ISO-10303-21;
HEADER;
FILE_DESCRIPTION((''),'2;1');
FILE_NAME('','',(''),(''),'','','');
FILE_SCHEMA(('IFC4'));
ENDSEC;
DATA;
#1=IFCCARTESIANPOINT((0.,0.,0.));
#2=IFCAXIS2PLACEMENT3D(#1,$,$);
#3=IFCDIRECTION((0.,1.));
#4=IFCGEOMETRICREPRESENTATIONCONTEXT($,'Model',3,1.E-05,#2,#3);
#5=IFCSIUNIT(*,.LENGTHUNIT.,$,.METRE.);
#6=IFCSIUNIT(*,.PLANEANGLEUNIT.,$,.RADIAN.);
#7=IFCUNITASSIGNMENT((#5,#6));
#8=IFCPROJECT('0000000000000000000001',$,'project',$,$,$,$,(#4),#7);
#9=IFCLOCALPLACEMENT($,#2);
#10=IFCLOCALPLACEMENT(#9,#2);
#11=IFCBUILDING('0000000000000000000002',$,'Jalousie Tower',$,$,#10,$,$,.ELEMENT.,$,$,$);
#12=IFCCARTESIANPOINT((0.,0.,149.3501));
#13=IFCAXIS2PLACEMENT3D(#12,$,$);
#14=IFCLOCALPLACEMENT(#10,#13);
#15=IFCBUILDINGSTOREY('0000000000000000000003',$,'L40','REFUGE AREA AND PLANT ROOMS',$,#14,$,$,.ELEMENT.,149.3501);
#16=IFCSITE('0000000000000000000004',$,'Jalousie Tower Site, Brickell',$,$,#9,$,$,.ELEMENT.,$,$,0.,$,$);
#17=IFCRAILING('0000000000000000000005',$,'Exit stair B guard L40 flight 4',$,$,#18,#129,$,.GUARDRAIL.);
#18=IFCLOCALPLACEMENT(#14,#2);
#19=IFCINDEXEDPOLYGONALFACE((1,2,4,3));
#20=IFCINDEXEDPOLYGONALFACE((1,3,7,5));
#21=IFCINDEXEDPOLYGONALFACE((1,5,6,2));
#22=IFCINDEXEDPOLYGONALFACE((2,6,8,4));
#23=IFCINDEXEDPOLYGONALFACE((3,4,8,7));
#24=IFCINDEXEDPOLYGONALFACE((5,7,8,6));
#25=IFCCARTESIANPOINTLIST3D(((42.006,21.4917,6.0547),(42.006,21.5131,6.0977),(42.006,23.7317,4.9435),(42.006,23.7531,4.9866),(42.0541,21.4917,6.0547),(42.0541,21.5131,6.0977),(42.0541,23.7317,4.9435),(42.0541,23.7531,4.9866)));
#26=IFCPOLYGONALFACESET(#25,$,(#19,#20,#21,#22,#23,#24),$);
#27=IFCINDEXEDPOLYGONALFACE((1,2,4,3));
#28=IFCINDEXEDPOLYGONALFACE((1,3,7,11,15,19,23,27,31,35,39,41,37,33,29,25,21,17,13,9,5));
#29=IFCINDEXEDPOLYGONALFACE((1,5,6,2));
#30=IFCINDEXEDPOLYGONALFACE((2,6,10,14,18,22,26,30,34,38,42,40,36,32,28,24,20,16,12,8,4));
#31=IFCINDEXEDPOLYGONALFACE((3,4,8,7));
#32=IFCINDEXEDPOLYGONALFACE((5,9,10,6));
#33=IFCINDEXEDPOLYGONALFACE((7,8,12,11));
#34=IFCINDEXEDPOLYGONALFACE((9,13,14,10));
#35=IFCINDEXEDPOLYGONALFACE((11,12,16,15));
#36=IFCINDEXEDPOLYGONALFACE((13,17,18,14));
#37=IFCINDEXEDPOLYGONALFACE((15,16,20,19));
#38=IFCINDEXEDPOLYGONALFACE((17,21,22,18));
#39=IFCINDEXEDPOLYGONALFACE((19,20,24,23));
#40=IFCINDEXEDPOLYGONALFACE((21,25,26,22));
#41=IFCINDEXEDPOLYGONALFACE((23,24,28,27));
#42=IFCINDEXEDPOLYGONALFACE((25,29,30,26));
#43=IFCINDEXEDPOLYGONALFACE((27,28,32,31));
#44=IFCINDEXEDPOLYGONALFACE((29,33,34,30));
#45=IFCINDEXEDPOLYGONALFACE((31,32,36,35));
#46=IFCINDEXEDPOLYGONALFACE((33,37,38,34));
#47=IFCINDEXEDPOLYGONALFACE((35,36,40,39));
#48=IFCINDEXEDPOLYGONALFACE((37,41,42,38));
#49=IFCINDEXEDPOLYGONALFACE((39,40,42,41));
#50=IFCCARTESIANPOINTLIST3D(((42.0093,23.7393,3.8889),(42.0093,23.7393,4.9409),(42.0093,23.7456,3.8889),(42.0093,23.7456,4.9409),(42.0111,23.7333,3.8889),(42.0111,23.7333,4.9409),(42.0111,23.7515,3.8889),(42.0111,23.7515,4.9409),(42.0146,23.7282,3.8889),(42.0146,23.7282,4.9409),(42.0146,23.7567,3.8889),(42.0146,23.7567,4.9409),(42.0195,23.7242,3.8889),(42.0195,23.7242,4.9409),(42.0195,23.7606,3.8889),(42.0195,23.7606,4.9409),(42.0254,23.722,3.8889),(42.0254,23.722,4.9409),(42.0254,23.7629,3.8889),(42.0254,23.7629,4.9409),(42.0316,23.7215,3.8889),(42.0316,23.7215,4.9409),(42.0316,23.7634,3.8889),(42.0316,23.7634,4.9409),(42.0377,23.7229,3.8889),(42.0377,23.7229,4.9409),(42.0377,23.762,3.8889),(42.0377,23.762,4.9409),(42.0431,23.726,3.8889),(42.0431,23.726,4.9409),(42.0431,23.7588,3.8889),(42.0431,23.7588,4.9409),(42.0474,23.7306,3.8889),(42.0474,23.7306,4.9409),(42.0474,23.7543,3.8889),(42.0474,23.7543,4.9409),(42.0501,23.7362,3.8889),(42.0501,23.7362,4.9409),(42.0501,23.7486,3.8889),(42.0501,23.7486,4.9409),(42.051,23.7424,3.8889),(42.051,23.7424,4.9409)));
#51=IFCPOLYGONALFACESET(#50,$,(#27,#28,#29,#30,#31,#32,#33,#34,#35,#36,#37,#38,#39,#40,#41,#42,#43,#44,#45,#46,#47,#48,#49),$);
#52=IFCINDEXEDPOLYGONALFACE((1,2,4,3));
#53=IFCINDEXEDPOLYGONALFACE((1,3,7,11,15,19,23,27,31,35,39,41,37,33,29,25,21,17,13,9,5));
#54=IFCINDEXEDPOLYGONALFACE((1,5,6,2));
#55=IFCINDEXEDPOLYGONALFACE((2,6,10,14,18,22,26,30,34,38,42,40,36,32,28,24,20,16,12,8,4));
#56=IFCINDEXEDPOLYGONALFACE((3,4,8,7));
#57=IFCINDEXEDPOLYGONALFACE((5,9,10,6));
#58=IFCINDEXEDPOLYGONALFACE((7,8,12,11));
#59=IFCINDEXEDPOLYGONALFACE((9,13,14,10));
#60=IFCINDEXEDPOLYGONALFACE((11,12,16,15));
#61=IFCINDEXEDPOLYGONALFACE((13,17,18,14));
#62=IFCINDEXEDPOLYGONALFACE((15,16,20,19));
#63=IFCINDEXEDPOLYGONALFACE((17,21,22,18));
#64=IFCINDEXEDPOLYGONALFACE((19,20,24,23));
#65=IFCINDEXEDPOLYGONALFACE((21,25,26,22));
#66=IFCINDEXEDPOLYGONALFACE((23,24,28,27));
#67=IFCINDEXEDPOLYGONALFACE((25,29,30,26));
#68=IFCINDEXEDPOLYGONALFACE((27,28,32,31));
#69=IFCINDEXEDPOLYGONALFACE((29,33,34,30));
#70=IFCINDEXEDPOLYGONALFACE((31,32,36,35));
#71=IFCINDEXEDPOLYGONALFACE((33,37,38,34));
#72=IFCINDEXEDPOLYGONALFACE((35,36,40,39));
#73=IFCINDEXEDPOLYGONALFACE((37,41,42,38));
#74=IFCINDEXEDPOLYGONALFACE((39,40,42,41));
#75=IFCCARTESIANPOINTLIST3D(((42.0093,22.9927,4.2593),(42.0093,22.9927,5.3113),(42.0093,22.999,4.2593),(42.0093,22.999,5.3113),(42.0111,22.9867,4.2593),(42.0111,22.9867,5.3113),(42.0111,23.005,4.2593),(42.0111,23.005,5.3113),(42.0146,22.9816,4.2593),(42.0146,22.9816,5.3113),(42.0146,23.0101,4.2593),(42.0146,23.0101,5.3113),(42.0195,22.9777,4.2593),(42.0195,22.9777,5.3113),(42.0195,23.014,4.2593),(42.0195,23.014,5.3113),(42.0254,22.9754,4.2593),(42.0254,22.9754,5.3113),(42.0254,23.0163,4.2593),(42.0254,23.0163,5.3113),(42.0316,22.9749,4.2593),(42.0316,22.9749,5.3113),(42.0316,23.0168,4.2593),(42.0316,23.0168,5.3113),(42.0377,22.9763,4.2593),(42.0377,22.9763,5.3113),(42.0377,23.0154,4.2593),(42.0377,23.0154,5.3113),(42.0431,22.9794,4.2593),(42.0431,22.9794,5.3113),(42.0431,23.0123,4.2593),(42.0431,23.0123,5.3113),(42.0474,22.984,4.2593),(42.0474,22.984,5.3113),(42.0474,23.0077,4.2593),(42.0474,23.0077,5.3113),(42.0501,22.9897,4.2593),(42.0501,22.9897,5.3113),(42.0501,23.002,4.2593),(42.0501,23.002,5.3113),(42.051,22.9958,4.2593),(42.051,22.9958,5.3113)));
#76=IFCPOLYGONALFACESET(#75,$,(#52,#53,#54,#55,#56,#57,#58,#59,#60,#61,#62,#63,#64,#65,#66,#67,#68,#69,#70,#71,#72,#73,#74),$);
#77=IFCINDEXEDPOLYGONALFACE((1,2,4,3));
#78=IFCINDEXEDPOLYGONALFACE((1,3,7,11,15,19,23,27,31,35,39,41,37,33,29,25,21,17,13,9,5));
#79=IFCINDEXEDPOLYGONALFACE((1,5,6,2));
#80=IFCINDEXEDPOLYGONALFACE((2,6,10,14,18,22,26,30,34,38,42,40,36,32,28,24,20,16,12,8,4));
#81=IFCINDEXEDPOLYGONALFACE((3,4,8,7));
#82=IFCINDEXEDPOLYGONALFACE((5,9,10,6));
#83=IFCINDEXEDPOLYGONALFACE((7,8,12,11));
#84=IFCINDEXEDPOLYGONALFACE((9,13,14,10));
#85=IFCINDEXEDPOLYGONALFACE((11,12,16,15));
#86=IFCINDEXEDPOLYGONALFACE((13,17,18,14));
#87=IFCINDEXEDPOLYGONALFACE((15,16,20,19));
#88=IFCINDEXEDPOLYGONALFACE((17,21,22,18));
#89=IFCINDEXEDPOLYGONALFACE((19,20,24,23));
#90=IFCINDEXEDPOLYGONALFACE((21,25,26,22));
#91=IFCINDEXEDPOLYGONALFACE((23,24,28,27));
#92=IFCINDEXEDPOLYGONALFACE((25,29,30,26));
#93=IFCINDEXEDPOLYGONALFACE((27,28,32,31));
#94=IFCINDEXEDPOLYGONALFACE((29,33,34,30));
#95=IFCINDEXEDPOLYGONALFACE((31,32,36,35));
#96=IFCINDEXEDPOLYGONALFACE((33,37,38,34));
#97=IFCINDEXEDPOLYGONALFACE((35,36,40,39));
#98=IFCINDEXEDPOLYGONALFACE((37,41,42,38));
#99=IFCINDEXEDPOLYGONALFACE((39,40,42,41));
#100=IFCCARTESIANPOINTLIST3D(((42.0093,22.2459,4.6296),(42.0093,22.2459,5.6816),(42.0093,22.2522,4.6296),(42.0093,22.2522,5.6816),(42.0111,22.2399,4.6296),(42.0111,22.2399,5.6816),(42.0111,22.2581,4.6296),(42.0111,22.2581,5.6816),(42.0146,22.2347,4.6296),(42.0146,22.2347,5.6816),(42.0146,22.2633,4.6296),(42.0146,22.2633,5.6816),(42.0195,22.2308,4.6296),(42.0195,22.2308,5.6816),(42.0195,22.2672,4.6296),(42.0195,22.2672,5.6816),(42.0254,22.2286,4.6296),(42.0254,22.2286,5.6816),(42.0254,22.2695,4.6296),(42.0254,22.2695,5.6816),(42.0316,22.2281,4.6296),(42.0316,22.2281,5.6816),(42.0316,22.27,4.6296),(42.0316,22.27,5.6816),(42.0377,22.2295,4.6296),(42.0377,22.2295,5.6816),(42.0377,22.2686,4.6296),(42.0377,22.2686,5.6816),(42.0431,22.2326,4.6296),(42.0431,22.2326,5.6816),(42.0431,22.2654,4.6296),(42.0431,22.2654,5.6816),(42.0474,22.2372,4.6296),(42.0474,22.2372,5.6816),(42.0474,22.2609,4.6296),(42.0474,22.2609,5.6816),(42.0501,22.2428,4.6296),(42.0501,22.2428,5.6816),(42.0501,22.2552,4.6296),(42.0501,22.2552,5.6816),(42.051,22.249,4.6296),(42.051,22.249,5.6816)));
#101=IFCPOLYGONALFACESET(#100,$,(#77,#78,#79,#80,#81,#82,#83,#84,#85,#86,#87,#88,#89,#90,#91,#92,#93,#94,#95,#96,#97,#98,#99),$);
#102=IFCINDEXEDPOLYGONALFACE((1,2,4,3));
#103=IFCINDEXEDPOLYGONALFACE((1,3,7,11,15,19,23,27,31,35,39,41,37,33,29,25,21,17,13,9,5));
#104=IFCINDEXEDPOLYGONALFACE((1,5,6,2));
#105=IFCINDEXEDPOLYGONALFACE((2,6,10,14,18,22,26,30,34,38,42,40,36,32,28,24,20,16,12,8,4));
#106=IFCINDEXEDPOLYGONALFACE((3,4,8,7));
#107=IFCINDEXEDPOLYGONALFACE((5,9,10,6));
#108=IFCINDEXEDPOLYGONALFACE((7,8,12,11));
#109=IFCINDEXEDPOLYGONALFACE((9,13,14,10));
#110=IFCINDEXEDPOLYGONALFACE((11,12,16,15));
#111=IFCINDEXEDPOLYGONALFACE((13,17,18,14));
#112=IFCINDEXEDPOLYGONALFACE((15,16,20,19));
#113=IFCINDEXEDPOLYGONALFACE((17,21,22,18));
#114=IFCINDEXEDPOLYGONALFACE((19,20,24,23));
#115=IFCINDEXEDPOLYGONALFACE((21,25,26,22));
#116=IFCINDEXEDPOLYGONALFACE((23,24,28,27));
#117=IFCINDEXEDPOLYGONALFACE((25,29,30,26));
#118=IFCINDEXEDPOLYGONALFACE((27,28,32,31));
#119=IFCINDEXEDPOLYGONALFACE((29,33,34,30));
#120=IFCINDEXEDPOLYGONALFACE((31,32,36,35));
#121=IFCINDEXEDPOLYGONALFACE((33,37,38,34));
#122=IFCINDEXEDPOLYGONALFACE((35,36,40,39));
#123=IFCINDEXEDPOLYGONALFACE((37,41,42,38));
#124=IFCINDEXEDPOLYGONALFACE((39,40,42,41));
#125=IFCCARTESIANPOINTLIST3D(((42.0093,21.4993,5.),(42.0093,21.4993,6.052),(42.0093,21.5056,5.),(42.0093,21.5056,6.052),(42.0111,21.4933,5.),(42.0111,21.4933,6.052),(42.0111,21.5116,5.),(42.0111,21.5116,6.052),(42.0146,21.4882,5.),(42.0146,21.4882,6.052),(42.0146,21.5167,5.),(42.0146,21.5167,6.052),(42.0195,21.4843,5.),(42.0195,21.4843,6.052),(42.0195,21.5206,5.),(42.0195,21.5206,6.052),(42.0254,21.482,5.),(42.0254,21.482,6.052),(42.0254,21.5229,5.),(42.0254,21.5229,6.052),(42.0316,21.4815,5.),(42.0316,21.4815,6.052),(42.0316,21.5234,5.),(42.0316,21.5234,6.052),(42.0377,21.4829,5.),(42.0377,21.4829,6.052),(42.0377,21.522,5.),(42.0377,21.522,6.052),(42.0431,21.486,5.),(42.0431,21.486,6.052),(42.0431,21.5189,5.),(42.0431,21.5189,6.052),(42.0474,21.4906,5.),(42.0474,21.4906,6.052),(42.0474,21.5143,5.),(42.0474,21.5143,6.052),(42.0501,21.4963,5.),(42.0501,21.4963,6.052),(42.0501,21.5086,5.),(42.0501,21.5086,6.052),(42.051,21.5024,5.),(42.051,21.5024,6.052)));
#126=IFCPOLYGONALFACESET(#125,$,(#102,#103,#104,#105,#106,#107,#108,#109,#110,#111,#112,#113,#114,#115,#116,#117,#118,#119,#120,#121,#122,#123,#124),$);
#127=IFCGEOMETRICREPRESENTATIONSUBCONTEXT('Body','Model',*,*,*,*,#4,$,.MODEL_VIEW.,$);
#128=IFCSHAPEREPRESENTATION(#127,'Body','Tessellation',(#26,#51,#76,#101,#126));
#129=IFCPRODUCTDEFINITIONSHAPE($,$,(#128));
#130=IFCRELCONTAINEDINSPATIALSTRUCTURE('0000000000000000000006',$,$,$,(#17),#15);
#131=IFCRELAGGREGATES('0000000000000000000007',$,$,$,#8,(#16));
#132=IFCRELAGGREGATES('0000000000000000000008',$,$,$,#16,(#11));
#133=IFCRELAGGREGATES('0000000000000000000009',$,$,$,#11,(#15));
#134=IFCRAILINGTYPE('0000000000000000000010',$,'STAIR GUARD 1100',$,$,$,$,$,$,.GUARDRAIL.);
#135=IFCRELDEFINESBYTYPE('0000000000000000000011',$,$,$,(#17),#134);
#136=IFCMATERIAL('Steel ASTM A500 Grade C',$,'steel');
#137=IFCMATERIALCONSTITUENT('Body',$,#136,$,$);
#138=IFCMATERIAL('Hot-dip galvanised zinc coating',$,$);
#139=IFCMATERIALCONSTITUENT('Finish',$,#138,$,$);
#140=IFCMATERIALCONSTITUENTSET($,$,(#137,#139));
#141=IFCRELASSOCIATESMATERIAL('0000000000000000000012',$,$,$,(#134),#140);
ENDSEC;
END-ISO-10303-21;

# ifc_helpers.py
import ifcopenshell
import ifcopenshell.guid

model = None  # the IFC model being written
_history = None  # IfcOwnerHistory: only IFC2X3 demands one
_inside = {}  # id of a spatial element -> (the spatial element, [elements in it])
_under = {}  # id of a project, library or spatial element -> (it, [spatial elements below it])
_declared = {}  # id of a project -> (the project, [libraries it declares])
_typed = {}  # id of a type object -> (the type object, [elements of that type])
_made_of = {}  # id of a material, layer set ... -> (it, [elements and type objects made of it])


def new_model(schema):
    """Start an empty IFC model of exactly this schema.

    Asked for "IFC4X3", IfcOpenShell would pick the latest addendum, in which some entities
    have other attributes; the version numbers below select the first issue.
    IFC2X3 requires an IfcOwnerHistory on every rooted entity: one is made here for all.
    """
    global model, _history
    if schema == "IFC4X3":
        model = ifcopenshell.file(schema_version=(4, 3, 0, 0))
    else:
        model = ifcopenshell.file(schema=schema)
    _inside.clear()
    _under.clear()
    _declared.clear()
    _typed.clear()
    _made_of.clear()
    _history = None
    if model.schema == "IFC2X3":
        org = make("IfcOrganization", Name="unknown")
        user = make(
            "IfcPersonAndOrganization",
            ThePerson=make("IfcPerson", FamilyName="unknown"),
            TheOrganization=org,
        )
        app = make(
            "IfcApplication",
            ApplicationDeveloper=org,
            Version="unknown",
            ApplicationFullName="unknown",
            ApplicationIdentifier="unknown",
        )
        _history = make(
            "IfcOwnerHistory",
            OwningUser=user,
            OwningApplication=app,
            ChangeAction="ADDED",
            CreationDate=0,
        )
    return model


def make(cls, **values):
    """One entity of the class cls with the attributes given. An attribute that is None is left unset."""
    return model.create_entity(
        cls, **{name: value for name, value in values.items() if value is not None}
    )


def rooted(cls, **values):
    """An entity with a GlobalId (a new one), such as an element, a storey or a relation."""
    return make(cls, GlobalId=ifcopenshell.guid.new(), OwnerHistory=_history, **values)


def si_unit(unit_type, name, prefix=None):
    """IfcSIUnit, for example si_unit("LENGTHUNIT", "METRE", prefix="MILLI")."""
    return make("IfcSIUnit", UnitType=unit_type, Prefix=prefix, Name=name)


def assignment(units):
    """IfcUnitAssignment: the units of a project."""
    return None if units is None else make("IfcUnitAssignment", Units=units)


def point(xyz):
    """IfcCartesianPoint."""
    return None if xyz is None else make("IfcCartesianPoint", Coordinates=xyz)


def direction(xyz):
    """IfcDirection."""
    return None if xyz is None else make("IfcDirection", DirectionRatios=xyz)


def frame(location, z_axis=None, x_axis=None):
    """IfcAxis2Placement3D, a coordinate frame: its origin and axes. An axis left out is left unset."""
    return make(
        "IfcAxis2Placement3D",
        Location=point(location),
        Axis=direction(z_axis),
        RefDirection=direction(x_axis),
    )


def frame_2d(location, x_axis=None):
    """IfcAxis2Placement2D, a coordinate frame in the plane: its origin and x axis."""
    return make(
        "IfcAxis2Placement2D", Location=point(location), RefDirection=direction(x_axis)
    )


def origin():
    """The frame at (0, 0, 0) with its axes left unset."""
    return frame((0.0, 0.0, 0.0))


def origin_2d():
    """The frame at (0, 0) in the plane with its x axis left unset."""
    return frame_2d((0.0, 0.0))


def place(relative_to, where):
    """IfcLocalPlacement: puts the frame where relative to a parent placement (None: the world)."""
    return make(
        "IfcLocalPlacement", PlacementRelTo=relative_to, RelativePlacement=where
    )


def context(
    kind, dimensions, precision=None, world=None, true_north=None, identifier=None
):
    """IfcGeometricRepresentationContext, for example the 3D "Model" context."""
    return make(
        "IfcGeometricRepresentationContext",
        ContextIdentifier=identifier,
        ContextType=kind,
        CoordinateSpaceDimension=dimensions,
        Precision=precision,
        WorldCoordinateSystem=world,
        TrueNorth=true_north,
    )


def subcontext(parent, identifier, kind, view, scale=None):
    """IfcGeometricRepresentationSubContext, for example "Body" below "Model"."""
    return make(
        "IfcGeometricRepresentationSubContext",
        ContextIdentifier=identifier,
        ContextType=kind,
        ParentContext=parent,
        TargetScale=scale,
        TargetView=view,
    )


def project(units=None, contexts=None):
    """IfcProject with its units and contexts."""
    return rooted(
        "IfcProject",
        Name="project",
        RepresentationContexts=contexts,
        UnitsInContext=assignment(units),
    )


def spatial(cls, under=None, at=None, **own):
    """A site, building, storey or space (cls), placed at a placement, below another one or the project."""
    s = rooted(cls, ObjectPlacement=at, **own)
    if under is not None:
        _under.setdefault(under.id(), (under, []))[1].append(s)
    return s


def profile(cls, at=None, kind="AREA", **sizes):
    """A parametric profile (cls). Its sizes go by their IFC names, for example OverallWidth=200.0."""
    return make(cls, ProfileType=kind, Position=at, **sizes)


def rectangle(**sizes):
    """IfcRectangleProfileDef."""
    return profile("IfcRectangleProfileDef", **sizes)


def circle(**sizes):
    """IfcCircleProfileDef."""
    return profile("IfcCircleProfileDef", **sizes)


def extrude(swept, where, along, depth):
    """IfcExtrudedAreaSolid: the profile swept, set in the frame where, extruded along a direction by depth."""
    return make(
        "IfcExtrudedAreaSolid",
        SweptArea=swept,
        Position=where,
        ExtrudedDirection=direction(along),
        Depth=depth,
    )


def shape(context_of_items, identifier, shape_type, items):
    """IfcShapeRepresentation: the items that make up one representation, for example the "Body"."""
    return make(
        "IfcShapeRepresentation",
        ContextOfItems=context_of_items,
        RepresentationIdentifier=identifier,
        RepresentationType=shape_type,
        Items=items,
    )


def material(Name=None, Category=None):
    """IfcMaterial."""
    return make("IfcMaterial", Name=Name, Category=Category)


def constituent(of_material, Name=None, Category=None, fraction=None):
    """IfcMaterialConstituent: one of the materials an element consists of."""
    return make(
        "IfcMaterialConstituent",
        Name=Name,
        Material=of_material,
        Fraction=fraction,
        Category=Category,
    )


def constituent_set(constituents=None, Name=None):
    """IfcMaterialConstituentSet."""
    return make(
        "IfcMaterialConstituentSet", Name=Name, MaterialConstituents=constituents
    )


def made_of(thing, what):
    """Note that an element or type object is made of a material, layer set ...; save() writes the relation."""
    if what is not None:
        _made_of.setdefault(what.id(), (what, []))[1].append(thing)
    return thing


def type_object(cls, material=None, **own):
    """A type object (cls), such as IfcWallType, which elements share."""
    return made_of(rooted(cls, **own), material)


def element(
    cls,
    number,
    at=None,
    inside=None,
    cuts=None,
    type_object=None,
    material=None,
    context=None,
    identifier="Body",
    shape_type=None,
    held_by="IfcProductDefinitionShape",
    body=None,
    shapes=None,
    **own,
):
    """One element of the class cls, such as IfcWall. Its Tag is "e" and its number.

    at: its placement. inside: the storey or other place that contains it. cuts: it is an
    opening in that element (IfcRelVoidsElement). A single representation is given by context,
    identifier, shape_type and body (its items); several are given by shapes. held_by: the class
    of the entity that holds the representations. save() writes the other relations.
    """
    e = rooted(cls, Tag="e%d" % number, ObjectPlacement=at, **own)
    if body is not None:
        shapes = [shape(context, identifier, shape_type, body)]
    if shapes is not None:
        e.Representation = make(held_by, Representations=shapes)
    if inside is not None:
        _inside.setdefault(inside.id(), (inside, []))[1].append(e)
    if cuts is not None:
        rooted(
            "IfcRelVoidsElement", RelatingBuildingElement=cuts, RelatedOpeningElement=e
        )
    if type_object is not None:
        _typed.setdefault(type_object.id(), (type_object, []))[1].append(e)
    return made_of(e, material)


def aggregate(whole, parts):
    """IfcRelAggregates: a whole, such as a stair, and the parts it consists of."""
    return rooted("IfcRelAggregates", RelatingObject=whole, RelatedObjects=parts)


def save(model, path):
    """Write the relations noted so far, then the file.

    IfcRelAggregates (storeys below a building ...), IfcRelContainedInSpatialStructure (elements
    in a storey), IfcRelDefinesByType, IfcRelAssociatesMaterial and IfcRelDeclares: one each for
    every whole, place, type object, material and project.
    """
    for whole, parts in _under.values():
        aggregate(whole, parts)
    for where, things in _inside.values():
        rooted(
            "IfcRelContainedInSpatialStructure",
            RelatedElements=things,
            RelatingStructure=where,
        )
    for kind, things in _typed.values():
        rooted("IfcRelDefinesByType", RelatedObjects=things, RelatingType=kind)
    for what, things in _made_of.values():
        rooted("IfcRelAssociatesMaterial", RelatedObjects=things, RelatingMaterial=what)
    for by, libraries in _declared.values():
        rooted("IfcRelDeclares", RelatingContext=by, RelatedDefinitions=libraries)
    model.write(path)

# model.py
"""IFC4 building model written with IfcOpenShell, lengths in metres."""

from ifc_helpers import new_model, si_unit, direction, frame, origin, origin_2d, place, context, subcontext, project, spatial, rectangle, circle, extrude, material, constituent, constituent_set, type_object, element, save


model = new_model("IFC4")

# Units and contexts
model_context = context("Model", 3, precision=1e-05, world=origin(), true_north=direction((0.0, 1.0)))
body_context = subcontext(model_context, "Body", "Model", "MODEL_VIEW")
ifc_project = project(units=[si_unit("LENGTHUNIT", "METRE"), si_unit("PLANEANGLEUNIT", "RADIAN")], contexts=[model_context])

# Site, building, storey
site_placement = place(None, origin())
site = spatial("IfcSite", under=ifc_project, at=site_placement, Name="Jalousie Tower Site, Brickell", CompositionType="ELEMENT", RefElevation=0.0)
building_placement = place(site_placement, origin())
building = spatial("IfcBuilding", under=site, at=building_placement, Name="Jalousie Tower", CompositionType="ELEMENT")
storey_placement = place(building_placement, frame((0.0, 0.0, 149.3501)))
storey = spatial("IfcBuildingStorey", under=building, at=storey_placement, Name="L40", Description="REFUGE AREA AND PLANT ROOMS", CompositionType="ELEMENT", Elevation=149.3501)

# Railing
ifc_material_1 = material(Name="Steel ASTM A500 Grade C", Category="steel")
ifc_constituent_1 = constituent(ifc_material_1, Name="Body")
ifc_material_2 = material(Name="Hot-dip galvanised zinc coating")
ifc_constituent_2 = constituent(ifc_material_2, Name="Finish")
ifc_constituent_set_1 = constituent_set(constituents=[ifc_constituent_1, ifc_constituent_2])
railing_type_1 = type_object("IfcRailingType", Name="STAIR GUARD 1100", PredefinedType="GUARDRAIL", material=ifc_constituent_set_1)
railing_1_placement = place(storey_placement, frame((42.03, 23.7424, 3.8889)))
element("IfcRailing", 1, at=railing_1_placement, inside=storey, type_object=railing_type_1, Name="Exit stair B guard L40 flight 4", PredefinedType="GUARDRAIL", context=body_context, shape_type="SweptSolid", body=[
    extrude(rectangle(XDim=0.0481, YDim=0.0481, at=origin_2d()), frame((0.0, 0.0, 1.0762), z_axis=(0.0, -0.895848, 0.44436), x_axis=(1.0, 0.0, 0.0)), (0.0, 0.0, 1.0), 2.5005),
    extrude(circle(Radius=0.021, at=origin_2d()), origin(), (0.0, 0.0, 1.0), 1.052),
    extrude(circle(Radius=0.021, at=origin_2d()), frame((0.0, -0.7466, 0.3704)), (0.0, 0.0, 1.0), 1.052),
    extrude(circle(Radius=0.021, at=origin_2d()), frame((0.0, -1.4934, 0.7407)), (0.0, 0.0, 1.0), 1.052),
    extrude(circle(Radius=0.021, at=origin_2d()), frame((0.0, -2.24, 1.1111)), (0.0, 0.0, 1.0), 1.052),
])

save(model, "model.ifc")
